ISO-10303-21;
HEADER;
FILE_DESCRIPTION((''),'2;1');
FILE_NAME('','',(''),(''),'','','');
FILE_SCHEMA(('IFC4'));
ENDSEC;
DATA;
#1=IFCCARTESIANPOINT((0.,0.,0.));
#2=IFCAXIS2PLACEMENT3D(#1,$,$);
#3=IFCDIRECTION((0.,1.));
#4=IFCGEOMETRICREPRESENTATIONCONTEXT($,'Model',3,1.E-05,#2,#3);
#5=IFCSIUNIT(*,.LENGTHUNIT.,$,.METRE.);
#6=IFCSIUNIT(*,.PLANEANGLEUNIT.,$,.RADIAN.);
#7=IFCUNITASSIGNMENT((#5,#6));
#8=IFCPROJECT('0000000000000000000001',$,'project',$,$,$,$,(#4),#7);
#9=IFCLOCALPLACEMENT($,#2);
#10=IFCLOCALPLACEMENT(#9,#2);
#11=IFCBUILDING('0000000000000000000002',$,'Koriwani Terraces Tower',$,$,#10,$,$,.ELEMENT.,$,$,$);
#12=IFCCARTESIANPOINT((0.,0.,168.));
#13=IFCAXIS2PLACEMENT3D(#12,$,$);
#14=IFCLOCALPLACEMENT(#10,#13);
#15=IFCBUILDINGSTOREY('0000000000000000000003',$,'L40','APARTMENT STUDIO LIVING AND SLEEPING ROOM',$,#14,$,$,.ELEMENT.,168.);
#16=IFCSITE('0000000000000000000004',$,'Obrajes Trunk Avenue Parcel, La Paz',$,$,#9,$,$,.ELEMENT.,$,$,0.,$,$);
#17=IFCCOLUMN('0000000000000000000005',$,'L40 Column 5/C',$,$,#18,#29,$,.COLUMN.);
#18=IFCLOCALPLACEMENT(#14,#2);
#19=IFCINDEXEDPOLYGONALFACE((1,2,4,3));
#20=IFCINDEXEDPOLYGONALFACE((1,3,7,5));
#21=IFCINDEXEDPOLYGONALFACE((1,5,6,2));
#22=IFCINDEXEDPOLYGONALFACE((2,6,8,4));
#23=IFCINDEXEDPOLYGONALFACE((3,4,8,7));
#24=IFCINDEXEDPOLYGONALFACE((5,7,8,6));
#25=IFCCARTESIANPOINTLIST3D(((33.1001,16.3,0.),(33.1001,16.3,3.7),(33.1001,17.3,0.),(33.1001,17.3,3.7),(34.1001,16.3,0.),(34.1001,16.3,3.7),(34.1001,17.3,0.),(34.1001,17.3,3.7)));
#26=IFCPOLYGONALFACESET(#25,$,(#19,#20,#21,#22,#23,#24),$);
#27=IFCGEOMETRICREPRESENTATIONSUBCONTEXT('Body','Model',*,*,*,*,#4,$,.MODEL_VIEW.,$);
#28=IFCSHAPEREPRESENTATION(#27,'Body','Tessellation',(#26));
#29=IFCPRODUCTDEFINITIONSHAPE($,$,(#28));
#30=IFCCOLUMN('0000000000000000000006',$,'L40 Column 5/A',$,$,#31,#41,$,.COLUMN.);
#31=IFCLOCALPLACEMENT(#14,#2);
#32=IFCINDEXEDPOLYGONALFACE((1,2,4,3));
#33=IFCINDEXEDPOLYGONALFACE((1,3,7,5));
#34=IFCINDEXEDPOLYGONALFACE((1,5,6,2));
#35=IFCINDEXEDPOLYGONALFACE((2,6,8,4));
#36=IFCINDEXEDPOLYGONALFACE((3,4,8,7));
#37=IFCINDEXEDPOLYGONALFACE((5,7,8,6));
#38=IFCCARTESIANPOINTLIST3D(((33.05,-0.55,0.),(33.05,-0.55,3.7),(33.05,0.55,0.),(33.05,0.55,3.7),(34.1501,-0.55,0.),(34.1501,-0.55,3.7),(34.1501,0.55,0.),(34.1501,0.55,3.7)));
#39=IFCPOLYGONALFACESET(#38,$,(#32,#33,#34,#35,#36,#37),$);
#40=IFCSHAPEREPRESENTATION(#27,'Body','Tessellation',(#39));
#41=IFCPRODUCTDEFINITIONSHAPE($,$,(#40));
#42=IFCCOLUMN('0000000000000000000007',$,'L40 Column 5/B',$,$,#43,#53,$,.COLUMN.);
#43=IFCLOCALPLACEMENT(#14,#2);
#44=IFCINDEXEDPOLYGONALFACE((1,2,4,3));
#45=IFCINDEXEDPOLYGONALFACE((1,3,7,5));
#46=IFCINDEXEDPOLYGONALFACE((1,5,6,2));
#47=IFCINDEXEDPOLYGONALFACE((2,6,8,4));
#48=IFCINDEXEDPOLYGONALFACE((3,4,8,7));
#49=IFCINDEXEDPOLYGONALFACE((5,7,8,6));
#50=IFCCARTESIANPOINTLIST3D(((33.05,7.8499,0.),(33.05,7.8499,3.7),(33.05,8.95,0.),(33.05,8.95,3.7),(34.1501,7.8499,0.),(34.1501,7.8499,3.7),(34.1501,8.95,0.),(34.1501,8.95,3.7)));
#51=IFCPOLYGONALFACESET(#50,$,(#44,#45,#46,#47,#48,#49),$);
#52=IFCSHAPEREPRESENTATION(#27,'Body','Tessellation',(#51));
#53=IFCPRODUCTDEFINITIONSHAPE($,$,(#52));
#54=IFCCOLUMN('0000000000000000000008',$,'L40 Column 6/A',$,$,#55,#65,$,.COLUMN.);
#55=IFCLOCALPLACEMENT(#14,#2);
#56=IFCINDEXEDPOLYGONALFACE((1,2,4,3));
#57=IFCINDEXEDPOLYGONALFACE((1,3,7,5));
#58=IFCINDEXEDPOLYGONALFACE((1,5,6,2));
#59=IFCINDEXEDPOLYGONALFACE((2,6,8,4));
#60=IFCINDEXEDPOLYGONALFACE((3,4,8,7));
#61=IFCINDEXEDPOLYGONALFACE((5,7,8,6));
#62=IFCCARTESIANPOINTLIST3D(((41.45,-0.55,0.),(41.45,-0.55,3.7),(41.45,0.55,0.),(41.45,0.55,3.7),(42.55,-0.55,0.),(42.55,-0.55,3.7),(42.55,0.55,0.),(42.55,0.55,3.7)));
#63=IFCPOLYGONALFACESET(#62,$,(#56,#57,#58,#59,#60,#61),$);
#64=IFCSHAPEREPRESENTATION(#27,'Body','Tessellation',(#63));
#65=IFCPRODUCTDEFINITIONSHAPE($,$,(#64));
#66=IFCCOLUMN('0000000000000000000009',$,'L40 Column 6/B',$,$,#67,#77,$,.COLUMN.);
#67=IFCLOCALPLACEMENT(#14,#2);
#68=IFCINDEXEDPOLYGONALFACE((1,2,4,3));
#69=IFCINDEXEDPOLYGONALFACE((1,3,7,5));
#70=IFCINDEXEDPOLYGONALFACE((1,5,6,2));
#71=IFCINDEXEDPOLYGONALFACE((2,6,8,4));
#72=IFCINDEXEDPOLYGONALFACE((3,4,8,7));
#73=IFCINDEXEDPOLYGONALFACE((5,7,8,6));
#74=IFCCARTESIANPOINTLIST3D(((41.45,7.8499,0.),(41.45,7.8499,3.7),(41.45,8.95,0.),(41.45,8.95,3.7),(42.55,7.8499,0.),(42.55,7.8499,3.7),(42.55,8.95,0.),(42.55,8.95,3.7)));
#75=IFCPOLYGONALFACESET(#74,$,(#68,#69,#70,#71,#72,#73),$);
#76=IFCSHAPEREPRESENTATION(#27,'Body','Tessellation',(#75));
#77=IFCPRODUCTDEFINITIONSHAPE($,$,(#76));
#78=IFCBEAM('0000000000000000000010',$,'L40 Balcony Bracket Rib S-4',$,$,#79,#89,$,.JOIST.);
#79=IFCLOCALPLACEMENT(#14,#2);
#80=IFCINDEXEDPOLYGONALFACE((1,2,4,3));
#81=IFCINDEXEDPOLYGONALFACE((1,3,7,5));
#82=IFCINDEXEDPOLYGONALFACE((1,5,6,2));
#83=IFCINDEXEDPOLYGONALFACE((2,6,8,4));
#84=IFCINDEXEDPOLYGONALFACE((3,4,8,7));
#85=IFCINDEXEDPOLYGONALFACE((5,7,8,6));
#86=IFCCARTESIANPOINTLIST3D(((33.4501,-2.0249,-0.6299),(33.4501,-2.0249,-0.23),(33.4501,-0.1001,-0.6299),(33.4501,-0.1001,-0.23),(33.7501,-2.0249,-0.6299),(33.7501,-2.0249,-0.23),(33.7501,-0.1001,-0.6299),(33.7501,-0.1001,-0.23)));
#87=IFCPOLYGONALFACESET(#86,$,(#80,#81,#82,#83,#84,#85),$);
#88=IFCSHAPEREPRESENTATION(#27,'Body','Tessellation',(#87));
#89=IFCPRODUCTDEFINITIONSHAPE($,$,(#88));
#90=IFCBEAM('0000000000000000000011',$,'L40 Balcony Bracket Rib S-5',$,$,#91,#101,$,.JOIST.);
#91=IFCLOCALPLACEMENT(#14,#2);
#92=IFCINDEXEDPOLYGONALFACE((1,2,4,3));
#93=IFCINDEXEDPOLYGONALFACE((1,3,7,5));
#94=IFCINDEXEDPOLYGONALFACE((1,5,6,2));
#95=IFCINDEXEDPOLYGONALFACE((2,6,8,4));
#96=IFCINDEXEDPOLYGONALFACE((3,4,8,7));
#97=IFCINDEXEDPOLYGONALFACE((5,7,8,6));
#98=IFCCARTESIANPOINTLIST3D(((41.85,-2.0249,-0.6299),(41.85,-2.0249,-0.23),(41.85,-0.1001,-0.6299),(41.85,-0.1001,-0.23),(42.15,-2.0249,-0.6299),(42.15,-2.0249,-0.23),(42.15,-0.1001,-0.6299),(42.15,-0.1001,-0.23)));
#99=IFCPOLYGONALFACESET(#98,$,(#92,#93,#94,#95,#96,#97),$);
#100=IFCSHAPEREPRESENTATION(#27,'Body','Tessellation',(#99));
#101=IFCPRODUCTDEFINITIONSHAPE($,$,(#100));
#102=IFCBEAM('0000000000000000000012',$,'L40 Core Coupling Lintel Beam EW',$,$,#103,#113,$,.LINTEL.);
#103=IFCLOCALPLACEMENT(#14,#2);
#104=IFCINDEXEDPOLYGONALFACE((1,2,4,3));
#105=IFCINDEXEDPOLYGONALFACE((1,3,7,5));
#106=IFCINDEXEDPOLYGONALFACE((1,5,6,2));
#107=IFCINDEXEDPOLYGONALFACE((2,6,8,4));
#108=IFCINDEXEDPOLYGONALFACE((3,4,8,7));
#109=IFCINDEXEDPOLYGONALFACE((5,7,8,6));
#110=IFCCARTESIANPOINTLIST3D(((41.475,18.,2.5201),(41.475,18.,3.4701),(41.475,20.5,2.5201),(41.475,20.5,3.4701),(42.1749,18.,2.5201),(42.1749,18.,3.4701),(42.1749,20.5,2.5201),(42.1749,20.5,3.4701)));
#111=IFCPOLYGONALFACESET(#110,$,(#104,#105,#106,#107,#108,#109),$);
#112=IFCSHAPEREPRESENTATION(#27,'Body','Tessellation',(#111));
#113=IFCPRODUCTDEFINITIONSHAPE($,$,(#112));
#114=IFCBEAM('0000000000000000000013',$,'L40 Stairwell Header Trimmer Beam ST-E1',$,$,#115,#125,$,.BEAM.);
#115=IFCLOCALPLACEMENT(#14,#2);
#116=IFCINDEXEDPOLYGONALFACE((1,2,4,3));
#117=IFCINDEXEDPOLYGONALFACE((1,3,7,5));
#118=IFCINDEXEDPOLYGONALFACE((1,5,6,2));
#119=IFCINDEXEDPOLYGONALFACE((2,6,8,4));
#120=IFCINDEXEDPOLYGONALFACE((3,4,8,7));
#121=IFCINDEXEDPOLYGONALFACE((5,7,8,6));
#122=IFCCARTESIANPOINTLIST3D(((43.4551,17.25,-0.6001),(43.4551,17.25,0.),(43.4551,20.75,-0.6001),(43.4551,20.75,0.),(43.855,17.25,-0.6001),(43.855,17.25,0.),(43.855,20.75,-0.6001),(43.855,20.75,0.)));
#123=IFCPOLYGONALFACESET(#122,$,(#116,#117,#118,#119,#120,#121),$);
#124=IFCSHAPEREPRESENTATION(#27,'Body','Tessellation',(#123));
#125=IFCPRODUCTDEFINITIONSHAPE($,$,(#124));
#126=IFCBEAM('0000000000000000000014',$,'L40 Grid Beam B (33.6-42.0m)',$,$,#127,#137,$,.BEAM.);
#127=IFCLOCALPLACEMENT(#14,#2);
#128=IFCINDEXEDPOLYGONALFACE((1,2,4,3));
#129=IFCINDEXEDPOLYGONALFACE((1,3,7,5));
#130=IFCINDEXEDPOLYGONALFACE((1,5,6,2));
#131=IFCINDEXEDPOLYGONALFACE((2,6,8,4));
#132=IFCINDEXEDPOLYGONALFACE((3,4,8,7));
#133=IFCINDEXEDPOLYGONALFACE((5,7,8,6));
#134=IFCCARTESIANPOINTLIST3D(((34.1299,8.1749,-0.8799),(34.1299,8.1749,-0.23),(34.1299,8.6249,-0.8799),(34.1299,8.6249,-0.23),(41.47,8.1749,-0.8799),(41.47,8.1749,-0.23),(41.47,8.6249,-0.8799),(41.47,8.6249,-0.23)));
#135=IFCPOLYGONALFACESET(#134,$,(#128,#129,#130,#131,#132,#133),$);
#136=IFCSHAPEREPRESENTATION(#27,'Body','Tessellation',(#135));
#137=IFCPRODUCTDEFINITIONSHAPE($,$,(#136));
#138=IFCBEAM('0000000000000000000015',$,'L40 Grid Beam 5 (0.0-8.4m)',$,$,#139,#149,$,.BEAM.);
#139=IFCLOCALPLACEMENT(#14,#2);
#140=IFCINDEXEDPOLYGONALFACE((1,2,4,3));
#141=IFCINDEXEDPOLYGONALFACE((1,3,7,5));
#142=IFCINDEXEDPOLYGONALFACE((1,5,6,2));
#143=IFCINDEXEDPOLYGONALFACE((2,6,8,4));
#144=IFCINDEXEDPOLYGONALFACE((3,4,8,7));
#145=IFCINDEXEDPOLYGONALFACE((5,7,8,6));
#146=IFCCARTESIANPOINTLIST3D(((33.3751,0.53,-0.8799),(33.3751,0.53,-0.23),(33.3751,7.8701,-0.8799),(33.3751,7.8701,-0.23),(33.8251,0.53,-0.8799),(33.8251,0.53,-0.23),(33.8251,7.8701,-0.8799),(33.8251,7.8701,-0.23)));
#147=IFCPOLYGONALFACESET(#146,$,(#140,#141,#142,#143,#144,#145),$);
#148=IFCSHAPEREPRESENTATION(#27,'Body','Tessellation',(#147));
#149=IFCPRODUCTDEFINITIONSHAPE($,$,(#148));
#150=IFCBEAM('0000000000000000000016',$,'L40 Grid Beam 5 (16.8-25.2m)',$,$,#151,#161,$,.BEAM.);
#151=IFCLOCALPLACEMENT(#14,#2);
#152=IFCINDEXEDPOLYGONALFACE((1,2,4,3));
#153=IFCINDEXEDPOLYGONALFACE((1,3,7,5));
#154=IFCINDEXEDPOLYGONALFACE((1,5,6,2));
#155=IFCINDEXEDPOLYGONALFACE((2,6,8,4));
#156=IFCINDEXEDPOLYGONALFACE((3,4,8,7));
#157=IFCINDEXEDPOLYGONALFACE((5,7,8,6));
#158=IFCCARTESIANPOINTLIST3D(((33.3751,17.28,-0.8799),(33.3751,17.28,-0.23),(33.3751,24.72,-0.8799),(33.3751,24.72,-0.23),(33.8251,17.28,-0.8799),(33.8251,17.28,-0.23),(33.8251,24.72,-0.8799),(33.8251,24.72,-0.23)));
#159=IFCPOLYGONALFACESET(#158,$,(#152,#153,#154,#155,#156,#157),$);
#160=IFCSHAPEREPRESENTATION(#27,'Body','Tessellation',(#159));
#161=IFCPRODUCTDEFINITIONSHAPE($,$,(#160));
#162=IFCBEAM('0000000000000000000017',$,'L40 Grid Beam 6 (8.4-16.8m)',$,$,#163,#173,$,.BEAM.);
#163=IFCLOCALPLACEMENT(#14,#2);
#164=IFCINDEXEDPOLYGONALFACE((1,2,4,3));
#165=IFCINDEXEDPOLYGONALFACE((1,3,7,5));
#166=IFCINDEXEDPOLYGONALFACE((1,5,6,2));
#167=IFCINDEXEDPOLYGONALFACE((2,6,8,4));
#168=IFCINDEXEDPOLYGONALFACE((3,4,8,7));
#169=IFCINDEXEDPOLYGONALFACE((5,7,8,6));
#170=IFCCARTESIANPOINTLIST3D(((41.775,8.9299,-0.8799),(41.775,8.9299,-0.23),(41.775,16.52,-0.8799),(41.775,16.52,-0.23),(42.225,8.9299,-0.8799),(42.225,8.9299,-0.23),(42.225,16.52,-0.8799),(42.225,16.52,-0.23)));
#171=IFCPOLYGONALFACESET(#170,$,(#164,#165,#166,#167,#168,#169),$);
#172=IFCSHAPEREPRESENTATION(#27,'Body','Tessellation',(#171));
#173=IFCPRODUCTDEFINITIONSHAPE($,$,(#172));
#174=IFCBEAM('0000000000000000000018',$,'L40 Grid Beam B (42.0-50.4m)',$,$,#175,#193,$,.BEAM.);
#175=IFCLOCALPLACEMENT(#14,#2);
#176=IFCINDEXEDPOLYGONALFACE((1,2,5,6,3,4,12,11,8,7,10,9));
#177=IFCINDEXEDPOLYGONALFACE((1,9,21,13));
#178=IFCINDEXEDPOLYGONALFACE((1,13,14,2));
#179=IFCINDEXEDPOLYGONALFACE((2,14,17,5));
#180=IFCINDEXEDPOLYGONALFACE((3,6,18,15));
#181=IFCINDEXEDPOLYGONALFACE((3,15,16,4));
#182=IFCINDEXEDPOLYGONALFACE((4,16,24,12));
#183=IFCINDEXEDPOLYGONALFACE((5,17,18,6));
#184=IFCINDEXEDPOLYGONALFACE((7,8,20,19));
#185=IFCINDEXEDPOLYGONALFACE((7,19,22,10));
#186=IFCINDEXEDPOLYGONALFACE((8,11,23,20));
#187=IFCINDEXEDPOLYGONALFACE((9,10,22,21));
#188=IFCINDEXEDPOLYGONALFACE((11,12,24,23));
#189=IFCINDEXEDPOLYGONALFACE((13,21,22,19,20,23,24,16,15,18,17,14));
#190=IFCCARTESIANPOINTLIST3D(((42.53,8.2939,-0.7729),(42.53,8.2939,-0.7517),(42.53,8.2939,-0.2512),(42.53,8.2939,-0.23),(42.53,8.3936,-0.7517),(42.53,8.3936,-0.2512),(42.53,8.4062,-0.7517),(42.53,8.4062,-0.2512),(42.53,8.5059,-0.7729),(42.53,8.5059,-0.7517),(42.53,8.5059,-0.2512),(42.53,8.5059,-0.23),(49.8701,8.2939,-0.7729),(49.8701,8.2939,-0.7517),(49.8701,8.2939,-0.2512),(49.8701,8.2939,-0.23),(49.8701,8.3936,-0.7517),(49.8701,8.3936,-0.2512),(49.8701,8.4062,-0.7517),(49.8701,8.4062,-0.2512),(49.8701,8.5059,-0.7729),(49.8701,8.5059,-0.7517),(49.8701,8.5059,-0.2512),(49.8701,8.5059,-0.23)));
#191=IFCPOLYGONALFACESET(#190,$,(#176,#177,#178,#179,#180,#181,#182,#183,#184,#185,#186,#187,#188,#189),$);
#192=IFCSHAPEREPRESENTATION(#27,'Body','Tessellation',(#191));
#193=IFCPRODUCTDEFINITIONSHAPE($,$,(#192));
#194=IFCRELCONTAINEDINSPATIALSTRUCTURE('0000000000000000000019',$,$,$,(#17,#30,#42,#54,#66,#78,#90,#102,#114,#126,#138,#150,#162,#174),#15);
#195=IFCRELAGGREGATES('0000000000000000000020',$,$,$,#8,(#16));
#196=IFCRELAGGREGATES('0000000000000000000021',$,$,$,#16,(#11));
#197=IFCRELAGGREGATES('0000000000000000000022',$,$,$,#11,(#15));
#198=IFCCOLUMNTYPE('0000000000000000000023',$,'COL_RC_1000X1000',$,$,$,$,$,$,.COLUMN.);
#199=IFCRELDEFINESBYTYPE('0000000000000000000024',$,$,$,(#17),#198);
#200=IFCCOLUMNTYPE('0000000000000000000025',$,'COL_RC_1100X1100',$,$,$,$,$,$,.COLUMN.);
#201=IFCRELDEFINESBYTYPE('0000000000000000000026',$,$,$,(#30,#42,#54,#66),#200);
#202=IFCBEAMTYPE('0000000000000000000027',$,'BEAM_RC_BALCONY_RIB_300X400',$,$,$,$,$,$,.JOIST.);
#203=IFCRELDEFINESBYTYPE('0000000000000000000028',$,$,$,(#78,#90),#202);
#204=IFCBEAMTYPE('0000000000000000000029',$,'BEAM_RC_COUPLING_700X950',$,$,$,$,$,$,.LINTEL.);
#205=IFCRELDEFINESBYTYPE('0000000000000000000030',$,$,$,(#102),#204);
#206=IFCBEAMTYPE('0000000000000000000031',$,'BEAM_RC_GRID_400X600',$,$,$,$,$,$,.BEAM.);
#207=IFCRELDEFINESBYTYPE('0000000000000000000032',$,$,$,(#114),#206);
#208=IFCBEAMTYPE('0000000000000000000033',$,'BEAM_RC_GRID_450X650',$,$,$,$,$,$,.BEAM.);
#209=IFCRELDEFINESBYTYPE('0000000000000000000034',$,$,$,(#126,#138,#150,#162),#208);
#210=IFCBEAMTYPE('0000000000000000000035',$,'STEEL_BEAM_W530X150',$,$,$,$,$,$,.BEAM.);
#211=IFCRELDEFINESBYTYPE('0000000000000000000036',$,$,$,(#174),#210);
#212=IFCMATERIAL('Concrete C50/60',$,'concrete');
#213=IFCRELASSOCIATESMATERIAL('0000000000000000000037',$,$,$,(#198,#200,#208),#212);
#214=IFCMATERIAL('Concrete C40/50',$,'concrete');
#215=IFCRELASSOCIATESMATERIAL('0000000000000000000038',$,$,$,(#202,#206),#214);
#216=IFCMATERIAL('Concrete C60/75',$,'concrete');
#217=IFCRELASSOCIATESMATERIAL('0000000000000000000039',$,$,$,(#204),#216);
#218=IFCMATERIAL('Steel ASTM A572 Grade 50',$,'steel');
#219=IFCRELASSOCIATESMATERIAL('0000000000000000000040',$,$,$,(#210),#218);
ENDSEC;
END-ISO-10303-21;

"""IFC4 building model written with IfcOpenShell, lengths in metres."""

from ifc_helpers import new_model, si_unit, direction, frame, origin, origin_2d, place, context, subcontext, project, spatial, rectangle, i_section, extrude, material, material_profile, profile_set, type_object, element, save


model = new_model("IFC4")

# Units and contexts
model_context = context("Model", 3, precision=1e-05, world=origin(), true_north=direction((0.0, 1.0)))
body_context = subcontext(model_context, "Body", "Model", "MODEL_VIEW")
ifc_project = project(units=[si_unit("LENGTHUNIT", "METRE"), si_unit("PLANEANGLEUNIT", "RADIAN")], contexts=[model_context])

# Site, building, storey
site_placement = place(None, origin())
site = spatial("IfcSite", under=ifc_project, at=site_placement, Name="Obrajes Trunk Avenue Parcel, La Paz", CompositionType="ELEMENT", RefElevation=0.0)
building_placement = place(site_placement, origin())
building = spatial("IfcBuilding", under=site, at=building_placement, Name="Koriwani Terraces Tower", CompositionType="ELEMENT")
storey_placement = place(building_placement, frame((0.0, 0.0, 168.0)))
storey = spatial("IfcBuildingStorey", under=building, at=storey_placement, Name="L40", Description="APARTMENT STUDIO LIVING AND SLEEPING ROOM", CompositionType="ELEMENT", Elevation=168.0)

# Columns
ifc_material_1 = material(Name="Concrete C50/60", Category="concrete")
ifc_material_profile_1 = material_profile(ifc_material_1, rectangle(XDim=1.0, YDim=1.0, at=origin_2d()), Name="Concrete C50/60", Category="LoadBearing")
ifc_profile_set_1 = profile_set([ifc_material_profile_1], Name="Concrete C50/60")
column_type_1 = type_object("IfcColumnType", Name="COL_RC_1000X1000", PredefinedType="COLUMN", material=ifc_profile_set_1)
column_placement = place(storey_placement, frame((33.6001, 16.8, 0.0), z_axis=(0.0, 0.0, 1.0), x_axis=(1.0, 0.0, 0.0)))
element("IfcColumn", 1, at=column_placement, inside=storey, type_object=column_type_1, Name="L40 Column 5/C", PredefinedType="COLUMN", context=body_context, shape_type="SweptSolid", body=[
    extrude(rectangle(XDim=1.0, YDim=1.0, at=origin_2d()), origin(), (0.0, 0.0, 1.0), 3.7),
])
ifc_material_profile_2 = material_profile(ifc_material_1, rectangle(XDim=1.1001, YDim=1.1001, at=origin_2d()), Name="Concrete C50/60", Category="LoadBearing")
ifc_profile_set_2 = profile_set([ifc_material_profile_2], Name="Concrete C50/60")
column_type_2 = type_object("IfcColumnType", Name="COL_RC_1100X1100", PredefinedType="COLUMN", material=ifc_profile_set_2)
for number, where, z_axis, x_axis, name in (
    (2, (33.6001, 0.0, 0.0), (0.0, 0.0, 1.0), (1.0, 0.0, 0.0), "L40 Column 5/A"),
    (3, (33.6001, 8.3999, 0.0), (0.0, 0.0, 1.0), (1.0, 0.0, 0.0), "L40 Column 5/B"),
    (4, (42.0, 0.0, 0.0), (0.0, 0.0, 1.0), (1.0, 0.0, 0.0), "L40 Column 6/A"),
    (5, (42.0, 8.3999, 0.0), (0.0, 0.0, 1.0), (1.0, 0.0, 0.0), "L40 Column 6/B"),
):
    element("IfcColumn", number, at=place(storey_placement, frame(where, z_axis=z_axis, x_axis=x_axis)), inside=storey, type_object=column_type_2, Name=name, PredefinedType="COLUMN", context=body_context, shape_type="SweptSolid", body=[
        extrude(rectangle(XDim=1.1001, YDim=1.1001, at=origin_2d()), origin(), (0.0, 0.0, 1.0), 3.7),
    ])

# Beams
ifc_material_2 = material(Name="Concrete C40/50", Category="concrete")
ifc_material_profile_3 = material_profile(ifc_material_2, rectangle(XDim=0.3, YDim=0.3999, at=origin_2d()), Name="Concrete C40/50", Category="LoadBearing")
ifc_profile_set_3 = profile_set([ifc_material_profile_3], Name="Concrete C40/50")
beam_type_1 = type_object("IfcBeamType", Name="BEAM_RC_BALCONY_RIB_300X400", PredefinedType="JOIST", material=ifc_profile_set_3)
for number, where, z_axis, x_axis, name in (
    (6, (33.6001, -2.0249, -0.4299), (0.0, 1.0, 0.0), (-1.0, 0.0, 0.0), "L40 Balcony Bracket Rib S-4"),
    (7, (42.0, -2.0249, -0.4299), (0.0, 1.0, 0.0), (-1.0, 0.0, 0.0), "L40 Balcony Bracket Rib S-5"),
):
    element("IfcBeam", number, at=place(storey_placement, frame(where, z_axis=z_axis, x_axis=x_axis)), inside=storey, type_object=beam_type_1, Name=name, PredefinedType="JOIST", context=body_context, shape_type="SweptSolid", body=[
        extrude(rectangle(XDim=0.3, YDim=0.3999, at=origin_2d()), origin(), (0.0, 0.0, 1.0), 1.9248),
    ])
ifc_material_3 = material(Name="Concrete C60/75", Category="concrete")
ifc_material_profile_4 = material_profile(ifc_material_3, rectangle(XDim=0.7, YDim=0.95, at=origin_2d()), Name="Concrete C60/75", Category="LoadBearing")
ifc_profile_set_4 = profile_set([ifc_material_profile_4], Name="Concrete C60/75")
beam_type_2 = type_object("IfcBeamType", Name="BEAM_RC_COUPLING_700X950", PredefinedType="LINTEL", material=ifc_profile_set_4)
beam_1_placement = place(storey_placement, frame((41.825, 18.0, 2.9951), z_axis=(0.0, 1.0, 0.0), x_axis=(-1.0, 0.0, 0.0)))
element("IfcBeam", 8, at=beam_1_placement, inside=storey, type_object=beam_type_2, Name="L40 Core Coupling Lintel Beam EW", PredefinedType="LINTEL", context=body_context, shape_type="SweptSolid", body=[
    extrude(rectangle(XDim=0.7, YDim=0.95, at=origin_2d()), origin(), (0.0, 0.0, 1.0), 2.5),
])
ifc_material_profile_5 = material_profile(ifc_material_2, rectangle(XDim=0.3999, YDim=0.6001, at=origin_2d()), Name="Concrete C40/50", Category="LoadBearing")
ifc_profile_set_5 = profile_set([ifc_material_profile_5], Name="Concrete C40/50")
beam_type_3 = type_object("IfcBeamType", Name="BEAM_RC_GRID_400X600", PredefinedType="BEAM", material=ifc_profile_set_5)
beam_2_placement = place(storey_placement, frame((43.655, 17.25, -0.3), z_axis=(0.0, 1.0, 0.0), x_axis=(-1.0, 0.0, 0.0)))
element("IfcBeam", 9, at=beam_2_placement, inside=storey, type_object=beam_type_3, Name="L40 Stairwell Header Trimmer Beam ST-E1", PredefinedType="BEAM", context=body_context, shape_type="SweptSolid", body=[
    extrude(rectangle(XDim=0.3999, YDim=0.6001, at=origin_2d()), origin(), (0.0, 0.0, 1.0), 3.5),
])
ifc_material_profile_6 = material_profile(ifc_material_1, rectangle(XDim=0.45, YDim=0.6499, at=origin_2d()), Name="Concrete C50/60", Category="LoadBearing")
ifc_profile_set_6 = profile_set([ifc_material_profile_6], Name="Concrete C50/60")
beam_type_4 = type_object("IfcBeamType", Name="BEAM_RC_GRID_450X650", PredefinedType="BEAM", material=ifc_profile_set_6)
for number, where, z_axis, x_axis, name in (
    (10, (34.1299, 8.3999, -0.5549), (1.0, 0.0, 0.0), (0.0, 1.0, 0.0), "L40 Grid Beam B (33.6-42.0m)"),
    (11, (33.6001, 0.53, -0.5549), (0.0, 1.0, 0.0), (-1.0, 0.0, 0.0), "L40 Grid Beam 5 (0.0-8.4m)"),
):
    element("IfcBeam", number, at=place(storey_placement, frame(where, z_axis=z_axis, x_axis=x_axis)), inside=storey, type_object=beam_type_4, Name=name, PredefinedType="BEAM", context=body_context, shape_type="SweptSolid", body=[
        extrude(rectangle(XDim=0.45, YDim=0.6499, at=origin_2d()), origin(), (0.0, 0.0, 1.0), 7.3401),
    ])
beam_3_placement = place(storey_placement, frame((33.6001, 17.28, -0.5549), z_axis=(0.0, 1.0, 0.0), x_axis=(-1.0, 0.0, 0.0)))
element("IfcBeam", 12, at=beam_3_placement, inside=storey, type_object=beam_type_4, Name="L40 Grid Beam 5 (16.8-25.2m)", PredefinedType="BEAM", context=body_context, shape_type="SweptSolid", body=[
    extrude(rectangle(XDim=0.45, YDim=0.6499, at=origin_2d()), origin(), (0.0, 0.0, 1.0), 7.4399),
])
beam_4_placement = place(storey_placement, frame((42.0, 8.9299, -0.5549), z_axis=(0.0, 1.0, 0.0), x_axis=(-1.0, 0.0, 0.0)))
element("IfcBeam", 13, at=beam_4_placement, inside=storey, type_object=beam_type_4, Name="L40 Grid Beam 6 (8.4-16.8m)", PredefinedType="BEAM", context=body_context, shape_type="SweptSolid", body=[
    extrude(rectangle(XDim=0.45, YDim=0.6499, at=origin_2d()), origin(), (0.0, 0.0, 1.0), 7.5901),
])
ifc_material_4 = material(Name="Steel ASTM A572 Grade 50", Category="steel")
ifc_material_profile_7 = material_profile(ifc_material_4, i_section(OverallWidth=0.2119, OverallDepth=0.543, WebThickness=0.0127, FlangeThickness=0.0212, at=origin_2d()), Name="Steel ASTM A572 Grade 50", Category="LoadBearing")
ifc_profile_set_7 = profile_set([ifc_material_profile_7], Name="Steel ASTM A572 Grade 50")
beam_type_5 = type_object("IfcBeamType", Name="STEEL_BEAM_W530X150", PredefinedType="BEAM", material=ifc_profile_set_7)
beam_5_placement = place(storey_placement, frame((42.53, 8.3999, -0.5015), z_axis=(1.0, 0.0, 0.0), x_axis=(0.0, 1.0, 0.0)))
element("IfcBeam", 14, at=beam_5_placement, inside=storey, type_object=beam_type_5, Name="L40 Grid Beam B (42.0-50.4m)", PredefinedType="BEAM", context=body_context, shape_type="SweptSolid", body=[
    extrude(i_section(OverallWidth=0.2119, OverallDepth=0.543, WebThickness=0.0127, FlangeThickness=0.0212, at=origin_2d()), origin(), (0.0, 0.0, 1.0), 7.3401),
])

save(model, "model.ifc")
